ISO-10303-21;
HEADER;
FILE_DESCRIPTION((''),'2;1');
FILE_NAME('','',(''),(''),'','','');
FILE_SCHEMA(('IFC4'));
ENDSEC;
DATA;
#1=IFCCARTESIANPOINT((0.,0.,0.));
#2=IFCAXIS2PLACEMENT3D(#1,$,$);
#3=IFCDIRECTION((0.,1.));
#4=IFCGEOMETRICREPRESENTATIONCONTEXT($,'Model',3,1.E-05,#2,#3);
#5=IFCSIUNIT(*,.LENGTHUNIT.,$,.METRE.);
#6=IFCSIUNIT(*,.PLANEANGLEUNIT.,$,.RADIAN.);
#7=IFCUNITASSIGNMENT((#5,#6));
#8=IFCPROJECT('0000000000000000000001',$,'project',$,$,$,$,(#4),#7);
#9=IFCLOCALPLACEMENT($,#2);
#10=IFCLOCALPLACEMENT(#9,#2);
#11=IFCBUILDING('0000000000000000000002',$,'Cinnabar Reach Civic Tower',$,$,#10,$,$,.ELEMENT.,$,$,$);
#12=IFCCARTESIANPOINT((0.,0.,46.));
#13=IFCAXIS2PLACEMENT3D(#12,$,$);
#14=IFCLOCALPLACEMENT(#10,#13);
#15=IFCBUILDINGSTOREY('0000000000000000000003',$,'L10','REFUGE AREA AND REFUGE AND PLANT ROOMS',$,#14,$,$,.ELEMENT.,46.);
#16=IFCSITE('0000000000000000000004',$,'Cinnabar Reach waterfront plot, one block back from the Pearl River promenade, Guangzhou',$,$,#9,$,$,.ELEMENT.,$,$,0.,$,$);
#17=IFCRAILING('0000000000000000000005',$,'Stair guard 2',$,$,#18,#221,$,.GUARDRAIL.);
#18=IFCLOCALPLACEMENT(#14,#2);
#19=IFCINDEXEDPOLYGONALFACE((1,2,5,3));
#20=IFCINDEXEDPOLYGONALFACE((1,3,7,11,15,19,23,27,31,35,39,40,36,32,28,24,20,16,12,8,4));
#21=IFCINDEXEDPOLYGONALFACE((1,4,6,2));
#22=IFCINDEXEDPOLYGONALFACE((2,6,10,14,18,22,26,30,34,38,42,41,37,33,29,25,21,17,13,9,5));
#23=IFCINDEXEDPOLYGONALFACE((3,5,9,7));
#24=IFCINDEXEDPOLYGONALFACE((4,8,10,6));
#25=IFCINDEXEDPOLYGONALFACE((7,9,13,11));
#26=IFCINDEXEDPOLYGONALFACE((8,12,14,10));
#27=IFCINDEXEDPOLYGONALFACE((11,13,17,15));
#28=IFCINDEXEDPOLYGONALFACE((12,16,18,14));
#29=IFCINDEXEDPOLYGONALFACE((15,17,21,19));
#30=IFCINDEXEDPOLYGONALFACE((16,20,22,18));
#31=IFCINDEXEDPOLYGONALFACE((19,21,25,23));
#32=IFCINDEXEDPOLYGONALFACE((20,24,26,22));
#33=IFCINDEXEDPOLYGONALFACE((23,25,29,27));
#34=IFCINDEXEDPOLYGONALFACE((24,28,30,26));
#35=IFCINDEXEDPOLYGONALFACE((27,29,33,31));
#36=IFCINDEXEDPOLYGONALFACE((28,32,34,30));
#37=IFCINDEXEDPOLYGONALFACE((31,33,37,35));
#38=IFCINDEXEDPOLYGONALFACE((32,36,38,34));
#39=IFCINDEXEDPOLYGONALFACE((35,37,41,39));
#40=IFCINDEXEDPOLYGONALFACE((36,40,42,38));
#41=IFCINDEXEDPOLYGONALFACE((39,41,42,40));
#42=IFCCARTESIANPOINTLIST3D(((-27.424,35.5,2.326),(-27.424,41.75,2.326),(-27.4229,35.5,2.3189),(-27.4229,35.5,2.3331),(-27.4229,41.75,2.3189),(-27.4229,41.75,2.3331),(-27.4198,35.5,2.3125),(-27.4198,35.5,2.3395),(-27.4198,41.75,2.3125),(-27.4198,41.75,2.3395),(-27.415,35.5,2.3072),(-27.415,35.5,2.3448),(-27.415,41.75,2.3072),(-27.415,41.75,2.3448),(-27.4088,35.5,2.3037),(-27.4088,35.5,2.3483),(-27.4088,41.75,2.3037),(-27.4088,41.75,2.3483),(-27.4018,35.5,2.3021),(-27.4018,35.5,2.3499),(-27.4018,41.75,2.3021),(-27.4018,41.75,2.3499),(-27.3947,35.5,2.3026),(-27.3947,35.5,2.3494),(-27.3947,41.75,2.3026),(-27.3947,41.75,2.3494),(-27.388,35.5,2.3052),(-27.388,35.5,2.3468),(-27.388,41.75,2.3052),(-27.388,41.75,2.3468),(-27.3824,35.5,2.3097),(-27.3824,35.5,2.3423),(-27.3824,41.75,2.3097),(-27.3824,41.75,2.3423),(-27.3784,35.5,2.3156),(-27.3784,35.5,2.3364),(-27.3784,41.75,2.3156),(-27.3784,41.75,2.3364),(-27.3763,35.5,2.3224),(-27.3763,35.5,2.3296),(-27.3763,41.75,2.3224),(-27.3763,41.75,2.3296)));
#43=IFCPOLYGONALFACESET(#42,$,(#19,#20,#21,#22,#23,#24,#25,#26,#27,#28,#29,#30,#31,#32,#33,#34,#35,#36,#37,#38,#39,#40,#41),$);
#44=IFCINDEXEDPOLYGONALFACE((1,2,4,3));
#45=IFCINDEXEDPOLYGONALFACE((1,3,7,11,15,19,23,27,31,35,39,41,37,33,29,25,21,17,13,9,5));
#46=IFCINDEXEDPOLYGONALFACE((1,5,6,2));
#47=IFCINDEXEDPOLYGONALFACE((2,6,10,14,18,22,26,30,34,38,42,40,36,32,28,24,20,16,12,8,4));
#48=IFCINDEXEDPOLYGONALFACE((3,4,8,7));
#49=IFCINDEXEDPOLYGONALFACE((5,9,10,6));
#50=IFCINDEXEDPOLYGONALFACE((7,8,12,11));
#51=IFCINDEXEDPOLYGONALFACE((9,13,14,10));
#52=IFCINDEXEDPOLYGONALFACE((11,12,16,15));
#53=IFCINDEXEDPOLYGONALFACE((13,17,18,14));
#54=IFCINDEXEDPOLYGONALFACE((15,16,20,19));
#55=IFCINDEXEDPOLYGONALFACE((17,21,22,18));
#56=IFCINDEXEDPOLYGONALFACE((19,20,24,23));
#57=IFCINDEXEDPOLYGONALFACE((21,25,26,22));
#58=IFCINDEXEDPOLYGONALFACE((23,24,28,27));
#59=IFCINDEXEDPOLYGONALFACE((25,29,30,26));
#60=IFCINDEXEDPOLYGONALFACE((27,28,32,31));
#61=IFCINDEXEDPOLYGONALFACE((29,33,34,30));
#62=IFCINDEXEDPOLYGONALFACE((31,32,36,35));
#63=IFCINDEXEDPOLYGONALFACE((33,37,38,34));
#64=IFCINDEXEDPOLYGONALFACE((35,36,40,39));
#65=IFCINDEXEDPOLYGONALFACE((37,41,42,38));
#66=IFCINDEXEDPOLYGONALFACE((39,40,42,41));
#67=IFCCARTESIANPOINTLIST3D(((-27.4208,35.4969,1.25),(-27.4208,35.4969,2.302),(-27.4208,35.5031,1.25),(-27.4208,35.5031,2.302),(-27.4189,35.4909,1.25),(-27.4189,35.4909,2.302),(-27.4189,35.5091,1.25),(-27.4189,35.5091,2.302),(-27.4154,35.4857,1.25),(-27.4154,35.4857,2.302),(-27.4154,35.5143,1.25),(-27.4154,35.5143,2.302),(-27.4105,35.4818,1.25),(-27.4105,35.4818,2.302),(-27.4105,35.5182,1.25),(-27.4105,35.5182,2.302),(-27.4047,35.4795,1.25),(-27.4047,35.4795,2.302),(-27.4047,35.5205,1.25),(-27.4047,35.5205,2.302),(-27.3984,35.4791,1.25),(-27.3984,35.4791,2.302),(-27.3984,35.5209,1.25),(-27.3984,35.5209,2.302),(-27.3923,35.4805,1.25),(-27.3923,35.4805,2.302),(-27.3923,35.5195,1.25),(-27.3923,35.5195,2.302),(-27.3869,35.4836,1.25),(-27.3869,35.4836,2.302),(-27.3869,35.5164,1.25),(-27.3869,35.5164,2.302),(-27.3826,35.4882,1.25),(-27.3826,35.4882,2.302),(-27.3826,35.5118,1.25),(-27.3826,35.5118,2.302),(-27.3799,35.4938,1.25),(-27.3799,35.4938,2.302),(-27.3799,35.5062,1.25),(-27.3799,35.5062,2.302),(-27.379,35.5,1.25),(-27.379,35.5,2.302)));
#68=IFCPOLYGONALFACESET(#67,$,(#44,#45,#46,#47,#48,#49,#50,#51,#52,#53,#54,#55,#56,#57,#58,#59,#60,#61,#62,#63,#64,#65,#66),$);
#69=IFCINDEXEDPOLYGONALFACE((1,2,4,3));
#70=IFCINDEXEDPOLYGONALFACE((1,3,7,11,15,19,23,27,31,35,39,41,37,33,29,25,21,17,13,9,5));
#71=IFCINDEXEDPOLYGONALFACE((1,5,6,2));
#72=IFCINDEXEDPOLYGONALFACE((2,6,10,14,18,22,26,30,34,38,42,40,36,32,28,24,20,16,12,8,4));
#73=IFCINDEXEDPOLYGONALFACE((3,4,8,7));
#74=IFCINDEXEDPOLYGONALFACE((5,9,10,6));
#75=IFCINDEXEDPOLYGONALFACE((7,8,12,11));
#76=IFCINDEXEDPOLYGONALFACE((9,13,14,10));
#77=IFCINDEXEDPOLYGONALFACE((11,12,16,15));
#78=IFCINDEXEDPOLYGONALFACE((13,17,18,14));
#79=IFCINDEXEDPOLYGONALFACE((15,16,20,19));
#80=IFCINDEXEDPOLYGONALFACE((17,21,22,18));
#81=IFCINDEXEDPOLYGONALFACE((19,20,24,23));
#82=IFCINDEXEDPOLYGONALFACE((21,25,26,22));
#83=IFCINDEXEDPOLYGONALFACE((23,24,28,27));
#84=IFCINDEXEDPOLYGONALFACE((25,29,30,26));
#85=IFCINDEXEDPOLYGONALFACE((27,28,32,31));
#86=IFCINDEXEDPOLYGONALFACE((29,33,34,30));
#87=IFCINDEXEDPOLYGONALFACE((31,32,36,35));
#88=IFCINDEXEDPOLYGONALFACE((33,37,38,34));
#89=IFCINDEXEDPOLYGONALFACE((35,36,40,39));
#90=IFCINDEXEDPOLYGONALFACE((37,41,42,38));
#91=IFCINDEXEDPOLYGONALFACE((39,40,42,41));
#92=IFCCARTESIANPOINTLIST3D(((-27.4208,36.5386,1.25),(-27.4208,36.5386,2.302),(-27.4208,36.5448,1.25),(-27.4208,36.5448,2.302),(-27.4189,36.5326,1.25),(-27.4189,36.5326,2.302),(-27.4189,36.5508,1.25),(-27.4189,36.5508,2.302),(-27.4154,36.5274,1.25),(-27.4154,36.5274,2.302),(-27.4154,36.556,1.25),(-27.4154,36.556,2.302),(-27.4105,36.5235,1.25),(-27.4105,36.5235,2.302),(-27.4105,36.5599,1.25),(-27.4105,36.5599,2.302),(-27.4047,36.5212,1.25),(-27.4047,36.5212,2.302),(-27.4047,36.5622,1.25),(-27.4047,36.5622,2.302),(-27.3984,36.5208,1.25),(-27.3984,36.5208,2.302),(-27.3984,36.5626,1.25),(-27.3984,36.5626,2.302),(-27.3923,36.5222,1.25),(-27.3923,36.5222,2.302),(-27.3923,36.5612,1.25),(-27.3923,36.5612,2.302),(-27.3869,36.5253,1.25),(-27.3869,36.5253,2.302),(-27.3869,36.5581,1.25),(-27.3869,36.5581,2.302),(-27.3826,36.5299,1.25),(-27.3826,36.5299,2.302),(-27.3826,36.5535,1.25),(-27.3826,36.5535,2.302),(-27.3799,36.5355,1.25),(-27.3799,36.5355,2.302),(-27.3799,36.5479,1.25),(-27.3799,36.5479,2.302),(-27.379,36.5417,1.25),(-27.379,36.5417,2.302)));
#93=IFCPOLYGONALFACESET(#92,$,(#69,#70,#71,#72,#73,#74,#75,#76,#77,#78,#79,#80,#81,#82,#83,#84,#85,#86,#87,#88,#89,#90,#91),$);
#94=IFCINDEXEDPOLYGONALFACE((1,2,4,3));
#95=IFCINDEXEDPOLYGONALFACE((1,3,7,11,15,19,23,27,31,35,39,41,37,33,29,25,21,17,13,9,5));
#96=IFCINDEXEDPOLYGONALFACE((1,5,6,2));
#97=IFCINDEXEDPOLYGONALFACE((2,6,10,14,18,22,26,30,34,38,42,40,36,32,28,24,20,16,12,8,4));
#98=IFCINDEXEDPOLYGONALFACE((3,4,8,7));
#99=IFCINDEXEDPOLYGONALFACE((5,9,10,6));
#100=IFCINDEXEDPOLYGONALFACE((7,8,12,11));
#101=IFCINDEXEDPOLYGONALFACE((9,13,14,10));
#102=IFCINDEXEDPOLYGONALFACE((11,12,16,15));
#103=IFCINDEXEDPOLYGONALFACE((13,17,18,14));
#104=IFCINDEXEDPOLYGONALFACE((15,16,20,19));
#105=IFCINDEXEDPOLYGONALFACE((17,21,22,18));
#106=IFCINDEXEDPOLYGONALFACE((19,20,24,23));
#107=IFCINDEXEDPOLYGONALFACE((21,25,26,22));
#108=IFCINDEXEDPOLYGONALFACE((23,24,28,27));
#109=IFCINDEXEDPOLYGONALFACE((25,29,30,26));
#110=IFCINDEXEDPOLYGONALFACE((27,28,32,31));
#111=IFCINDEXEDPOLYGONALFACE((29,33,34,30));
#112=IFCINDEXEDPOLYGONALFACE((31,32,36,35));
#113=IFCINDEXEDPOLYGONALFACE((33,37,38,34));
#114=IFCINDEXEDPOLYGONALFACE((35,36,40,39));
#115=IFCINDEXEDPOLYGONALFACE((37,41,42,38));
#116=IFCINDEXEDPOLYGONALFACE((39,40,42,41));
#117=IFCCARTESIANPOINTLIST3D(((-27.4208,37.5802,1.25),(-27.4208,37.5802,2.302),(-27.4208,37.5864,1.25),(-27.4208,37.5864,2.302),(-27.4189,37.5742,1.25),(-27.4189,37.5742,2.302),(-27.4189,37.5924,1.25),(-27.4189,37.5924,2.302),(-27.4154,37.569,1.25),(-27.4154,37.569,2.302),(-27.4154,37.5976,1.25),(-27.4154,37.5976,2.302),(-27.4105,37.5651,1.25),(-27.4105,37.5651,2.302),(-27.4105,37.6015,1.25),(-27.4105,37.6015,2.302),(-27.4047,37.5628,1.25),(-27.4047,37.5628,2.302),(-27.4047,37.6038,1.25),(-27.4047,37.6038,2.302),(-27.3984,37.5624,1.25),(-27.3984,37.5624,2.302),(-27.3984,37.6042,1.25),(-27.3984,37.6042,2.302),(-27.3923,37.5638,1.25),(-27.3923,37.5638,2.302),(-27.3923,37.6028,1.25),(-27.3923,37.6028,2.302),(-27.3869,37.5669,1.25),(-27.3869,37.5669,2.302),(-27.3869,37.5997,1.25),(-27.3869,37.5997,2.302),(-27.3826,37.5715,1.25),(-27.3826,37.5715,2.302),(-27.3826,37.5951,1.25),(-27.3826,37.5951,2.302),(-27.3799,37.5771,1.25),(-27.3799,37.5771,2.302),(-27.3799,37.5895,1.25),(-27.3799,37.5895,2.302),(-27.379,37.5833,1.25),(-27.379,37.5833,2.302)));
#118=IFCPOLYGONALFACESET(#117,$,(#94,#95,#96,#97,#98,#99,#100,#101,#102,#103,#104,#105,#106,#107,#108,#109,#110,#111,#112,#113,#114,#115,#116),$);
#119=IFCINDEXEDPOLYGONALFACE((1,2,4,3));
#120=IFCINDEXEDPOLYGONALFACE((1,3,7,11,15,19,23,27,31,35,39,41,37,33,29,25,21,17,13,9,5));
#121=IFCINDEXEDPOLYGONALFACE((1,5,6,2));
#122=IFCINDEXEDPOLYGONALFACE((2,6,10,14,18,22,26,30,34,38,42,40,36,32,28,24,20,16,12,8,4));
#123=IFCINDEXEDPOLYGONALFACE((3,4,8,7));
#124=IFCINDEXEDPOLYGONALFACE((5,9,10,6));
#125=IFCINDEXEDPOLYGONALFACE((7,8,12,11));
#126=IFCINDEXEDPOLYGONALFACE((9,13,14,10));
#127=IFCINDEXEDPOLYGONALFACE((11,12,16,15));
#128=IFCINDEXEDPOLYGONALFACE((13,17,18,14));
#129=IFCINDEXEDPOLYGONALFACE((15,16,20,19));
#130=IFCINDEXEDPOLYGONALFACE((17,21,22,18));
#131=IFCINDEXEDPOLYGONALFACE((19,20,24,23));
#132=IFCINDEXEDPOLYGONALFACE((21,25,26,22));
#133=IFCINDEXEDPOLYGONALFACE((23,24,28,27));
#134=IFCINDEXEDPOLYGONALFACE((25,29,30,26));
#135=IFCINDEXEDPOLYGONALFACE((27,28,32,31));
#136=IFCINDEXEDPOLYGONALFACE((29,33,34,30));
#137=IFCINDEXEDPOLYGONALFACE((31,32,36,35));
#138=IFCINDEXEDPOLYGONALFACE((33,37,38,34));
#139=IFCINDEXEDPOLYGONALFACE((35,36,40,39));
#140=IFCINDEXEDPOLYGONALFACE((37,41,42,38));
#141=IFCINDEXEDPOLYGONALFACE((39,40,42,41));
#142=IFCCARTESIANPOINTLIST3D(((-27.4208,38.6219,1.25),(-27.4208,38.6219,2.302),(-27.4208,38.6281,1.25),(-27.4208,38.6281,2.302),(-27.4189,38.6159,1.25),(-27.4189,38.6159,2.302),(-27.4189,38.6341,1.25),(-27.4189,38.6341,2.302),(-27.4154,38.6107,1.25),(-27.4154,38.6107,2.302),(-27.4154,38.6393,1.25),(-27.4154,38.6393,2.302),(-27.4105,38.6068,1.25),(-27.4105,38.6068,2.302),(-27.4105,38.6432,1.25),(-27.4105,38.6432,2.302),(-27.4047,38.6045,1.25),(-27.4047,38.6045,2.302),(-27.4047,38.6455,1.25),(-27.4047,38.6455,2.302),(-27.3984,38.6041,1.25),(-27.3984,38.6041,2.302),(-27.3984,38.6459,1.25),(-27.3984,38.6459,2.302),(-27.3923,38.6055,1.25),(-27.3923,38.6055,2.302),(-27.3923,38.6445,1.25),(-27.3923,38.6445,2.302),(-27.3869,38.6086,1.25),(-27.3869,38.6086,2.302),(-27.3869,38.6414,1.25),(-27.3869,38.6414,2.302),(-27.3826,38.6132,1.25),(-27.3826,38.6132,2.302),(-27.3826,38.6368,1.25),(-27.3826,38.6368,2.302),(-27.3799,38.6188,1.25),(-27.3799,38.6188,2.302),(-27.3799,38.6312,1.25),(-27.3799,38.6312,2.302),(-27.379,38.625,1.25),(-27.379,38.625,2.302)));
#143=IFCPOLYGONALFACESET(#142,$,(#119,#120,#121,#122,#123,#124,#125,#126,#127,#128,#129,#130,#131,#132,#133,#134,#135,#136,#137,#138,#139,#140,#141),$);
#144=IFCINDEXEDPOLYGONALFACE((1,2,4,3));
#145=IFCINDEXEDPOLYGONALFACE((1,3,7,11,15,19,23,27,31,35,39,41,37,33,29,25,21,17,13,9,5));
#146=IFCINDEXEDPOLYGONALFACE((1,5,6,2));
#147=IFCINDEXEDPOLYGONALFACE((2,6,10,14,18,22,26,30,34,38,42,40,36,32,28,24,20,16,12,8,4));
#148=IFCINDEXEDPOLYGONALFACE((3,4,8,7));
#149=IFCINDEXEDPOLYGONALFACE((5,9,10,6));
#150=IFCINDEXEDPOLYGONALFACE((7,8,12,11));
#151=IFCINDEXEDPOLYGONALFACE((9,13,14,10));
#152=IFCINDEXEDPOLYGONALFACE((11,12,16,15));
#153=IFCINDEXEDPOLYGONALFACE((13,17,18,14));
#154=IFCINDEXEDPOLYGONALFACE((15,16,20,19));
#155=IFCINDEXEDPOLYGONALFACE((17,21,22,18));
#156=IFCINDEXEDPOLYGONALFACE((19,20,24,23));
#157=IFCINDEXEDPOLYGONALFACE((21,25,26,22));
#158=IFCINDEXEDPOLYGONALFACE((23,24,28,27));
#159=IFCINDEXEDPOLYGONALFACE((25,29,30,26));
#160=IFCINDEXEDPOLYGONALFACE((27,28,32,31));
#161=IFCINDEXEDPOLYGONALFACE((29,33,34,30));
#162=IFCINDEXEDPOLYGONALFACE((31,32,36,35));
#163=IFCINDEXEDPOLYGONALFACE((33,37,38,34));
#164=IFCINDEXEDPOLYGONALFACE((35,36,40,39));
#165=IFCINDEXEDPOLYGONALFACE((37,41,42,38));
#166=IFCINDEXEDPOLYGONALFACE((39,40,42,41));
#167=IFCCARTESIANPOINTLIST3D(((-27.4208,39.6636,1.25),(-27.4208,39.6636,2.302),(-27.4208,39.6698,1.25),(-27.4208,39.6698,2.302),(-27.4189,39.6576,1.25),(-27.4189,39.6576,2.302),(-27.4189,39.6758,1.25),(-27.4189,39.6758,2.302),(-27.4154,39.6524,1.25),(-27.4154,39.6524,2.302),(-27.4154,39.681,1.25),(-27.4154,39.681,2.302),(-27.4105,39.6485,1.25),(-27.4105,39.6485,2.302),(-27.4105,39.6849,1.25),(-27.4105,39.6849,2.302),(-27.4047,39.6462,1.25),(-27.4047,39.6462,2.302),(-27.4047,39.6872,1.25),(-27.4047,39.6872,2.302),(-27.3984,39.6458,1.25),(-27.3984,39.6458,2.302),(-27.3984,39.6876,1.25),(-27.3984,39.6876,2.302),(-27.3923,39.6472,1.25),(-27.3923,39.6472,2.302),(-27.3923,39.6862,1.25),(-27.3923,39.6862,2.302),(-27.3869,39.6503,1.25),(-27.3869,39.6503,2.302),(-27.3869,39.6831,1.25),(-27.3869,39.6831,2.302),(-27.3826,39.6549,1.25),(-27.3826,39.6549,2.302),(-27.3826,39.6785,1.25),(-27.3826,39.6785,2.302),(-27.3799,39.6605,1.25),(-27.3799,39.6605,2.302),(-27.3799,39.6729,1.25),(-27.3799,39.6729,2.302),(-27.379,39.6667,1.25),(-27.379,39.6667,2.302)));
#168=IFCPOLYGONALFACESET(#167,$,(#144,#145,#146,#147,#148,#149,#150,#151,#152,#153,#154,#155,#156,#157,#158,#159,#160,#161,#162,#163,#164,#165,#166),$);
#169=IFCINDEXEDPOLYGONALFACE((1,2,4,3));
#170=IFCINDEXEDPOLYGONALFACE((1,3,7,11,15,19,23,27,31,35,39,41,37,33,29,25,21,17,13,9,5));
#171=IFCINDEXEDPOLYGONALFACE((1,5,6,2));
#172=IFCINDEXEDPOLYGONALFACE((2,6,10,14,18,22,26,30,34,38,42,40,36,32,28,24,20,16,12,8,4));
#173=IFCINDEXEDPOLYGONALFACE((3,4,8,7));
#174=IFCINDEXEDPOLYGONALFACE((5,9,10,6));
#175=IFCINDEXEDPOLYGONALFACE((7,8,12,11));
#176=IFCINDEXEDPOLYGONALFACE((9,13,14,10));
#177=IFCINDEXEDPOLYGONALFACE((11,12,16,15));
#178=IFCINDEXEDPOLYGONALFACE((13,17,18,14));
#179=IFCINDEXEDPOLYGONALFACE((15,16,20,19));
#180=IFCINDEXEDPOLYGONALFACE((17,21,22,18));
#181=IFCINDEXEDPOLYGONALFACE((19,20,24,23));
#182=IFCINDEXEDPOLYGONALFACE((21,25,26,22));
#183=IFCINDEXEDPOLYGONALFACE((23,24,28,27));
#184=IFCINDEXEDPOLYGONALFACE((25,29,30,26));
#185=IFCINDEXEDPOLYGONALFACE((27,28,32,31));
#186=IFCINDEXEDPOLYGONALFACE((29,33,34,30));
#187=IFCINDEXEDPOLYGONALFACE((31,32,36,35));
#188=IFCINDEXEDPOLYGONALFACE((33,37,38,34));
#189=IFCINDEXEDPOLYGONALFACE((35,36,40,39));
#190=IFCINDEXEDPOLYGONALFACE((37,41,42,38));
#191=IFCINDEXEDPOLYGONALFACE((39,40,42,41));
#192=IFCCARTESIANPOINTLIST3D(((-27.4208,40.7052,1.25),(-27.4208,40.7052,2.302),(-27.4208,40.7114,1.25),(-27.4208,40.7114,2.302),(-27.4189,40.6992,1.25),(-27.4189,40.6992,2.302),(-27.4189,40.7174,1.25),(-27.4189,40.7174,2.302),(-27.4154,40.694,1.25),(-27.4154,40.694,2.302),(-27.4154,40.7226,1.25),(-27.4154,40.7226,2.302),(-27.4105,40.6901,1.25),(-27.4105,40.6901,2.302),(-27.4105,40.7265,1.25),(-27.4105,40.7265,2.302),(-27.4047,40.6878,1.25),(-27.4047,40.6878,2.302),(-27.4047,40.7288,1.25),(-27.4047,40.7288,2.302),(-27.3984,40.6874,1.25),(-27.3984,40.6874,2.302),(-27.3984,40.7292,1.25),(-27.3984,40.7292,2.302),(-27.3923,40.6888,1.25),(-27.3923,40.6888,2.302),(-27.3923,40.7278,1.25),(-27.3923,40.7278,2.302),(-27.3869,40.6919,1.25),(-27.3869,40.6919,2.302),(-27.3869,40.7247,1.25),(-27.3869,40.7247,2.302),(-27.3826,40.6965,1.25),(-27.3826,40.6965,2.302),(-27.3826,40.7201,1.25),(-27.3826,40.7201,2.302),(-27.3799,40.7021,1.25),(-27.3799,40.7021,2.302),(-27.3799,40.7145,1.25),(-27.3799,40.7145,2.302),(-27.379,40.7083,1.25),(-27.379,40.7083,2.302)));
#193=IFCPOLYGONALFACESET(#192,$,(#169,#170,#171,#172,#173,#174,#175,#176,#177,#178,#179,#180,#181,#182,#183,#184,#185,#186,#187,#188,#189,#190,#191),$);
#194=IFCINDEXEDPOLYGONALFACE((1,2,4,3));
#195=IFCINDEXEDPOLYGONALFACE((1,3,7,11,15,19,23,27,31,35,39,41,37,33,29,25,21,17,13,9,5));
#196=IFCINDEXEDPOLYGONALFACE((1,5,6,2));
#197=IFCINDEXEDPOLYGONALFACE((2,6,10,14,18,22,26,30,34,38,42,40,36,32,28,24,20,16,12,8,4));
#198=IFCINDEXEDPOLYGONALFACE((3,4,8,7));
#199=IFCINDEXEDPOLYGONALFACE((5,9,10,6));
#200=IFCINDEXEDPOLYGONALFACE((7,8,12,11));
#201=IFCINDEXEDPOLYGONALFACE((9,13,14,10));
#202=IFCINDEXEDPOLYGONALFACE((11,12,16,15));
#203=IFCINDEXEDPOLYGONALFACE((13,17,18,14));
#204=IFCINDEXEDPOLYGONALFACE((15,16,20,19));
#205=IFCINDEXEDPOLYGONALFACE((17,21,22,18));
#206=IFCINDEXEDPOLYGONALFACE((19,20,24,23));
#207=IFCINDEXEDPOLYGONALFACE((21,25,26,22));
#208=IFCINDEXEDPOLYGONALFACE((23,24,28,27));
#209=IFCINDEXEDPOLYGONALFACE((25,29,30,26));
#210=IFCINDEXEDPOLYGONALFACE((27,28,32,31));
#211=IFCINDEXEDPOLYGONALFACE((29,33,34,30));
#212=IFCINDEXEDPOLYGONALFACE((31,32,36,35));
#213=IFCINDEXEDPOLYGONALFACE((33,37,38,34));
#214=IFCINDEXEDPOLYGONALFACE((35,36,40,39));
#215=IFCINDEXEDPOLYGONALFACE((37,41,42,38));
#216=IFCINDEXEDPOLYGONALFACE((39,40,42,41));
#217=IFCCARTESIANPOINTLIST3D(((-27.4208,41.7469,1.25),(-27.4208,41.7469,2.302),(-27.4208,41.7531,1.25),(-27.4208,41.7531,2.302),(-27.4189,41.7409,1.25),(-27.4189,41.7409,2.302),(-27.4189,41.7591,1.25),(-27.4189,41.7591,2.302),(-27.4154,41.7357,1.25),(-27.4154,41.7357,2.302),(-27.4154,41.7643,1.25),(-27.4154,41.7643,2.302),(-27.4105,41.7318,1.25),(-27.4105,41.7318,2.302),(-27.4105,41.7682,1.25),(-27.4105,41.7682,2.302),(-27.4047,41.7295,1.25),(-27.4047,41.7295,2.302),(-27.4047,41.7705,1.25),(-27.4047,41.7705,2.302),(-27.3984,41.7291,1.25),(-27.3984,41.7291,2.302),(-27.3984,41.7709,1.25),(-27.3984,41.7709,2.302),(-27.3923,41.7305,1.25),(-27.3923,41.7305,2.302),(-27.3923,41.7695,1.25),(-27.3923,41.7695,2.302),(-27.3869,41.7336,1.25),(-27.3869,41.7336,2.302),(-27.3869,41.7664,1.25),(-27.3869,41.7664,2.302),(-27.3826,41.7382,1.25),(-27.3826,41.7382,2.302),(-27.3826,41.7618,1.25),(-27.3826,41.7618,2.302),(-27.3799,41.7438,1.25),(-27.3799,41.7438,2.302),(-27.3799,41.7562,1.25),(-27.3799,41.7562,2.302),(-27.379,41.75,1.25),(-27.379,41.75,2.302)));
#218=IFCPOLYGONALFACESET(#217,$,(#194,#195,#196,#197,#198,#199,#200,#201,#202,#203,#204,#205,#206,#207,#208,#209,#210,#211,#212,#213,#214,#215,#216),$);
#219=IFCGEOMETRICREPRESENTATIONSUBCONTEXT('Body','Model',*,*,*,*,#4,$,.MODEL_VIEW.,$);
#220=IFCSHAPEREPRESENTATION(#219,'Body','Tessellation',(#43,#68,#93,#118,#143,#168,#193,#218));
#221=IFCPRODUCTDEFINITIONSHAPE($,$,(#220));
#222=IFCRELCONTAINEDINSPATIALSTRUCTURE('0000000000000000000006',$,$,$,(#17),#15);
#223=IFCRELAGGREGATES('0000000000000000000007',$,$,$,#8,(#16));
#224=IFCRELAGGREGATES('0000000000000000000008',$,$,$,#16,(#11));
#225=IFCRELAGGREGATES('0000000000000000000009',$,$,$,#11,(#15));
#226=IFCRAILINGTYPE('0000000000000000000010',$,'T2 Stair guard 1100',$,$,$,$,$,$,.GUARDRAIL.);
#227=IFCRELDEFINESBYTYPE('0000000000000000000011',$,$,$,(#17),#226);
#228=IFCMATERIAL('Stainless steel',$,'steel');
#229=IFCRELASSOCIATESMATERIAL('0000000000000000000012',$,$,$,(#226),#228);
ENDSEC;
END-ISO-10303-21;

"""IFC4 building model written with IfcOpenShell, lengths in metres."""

from ifc_helpers import new_model, si_unit, direction, frame, origin, origin_2d, place, context, subcontext, project, spatial, circle, extrude, material, type_object, element, save


model = new_model("IFC4")

# Units and contexts
model_context = context("Model", 3, precision=1e-05, world=origin(), true_north=direction((0.0, 1.0)))
body_context = subcontext(model_context, "Body", "Model", "MODEL_VIEW")
ifc_project = project(units=[si_unit("LENGTHUNIT", "METRE"), si_unit("PLANEANGLEUNIT", "RADIAN")], contexts=[model_context])

# Site, building, storey
site_placement = place(None, origin())
site = spatial("IfcSite", under=ifc_project, at=site_placement, Name="Cinnabar Reach waterfront plot, one block back from the Pearl River promenade, Guangzhou", CompositionType="ELEMENT", RefElevation=0.0)
building_placement = place(site_placement, origin())
building = spatial("IfcBuilding", under=site, at=building_placement, Name="Cinnabar Reach Civic Tower", CompositionType="ELEMENT")
storey_placement = place(building_placement, frame((0.0, 0.0, 46.0)))
storey = spatial("IfcBuildingStorey", under=building, at=storey_placement, Name="L10", Description="REFUGE AREA AND REFUGE AND PLANT ROOMS", CompositionType="ELEMENT", Elevation=46.0)

# Railing
ifc_material_1 = material(Name="Stainless steel", Category="steel")
railing_type = type_object("IfcRailingType", Name="T2 Stair guard 1100", PredefinedType="GUARDRAIL", material=ifc_material_1)
for number, where, name in (
    (1, (-27.4, 35.5, 1.25), "Stair guard 2"),
):
    element("IfcRailing", number, at=place(storey_placement, frame(where)), inside=storey, type_object=railing_type, Name=name, PredefinedType="GUARDRAIL", context=body_context, shape_type="SweptSolid", body=[
        extrude(circle(Radius=0.024, at=origin_2d()), frame((0.0, 0.0, 1.076), z_axis=(0.0, 1.0, 0.0), x_axis=(-1.0, 0.0, 0.0)), (0.0, 0.0, 1.0), 6.25),
        extrude(circle(Radius=0.021, at=origin_2d()), origin(), (0.0, 0.0, 1.0), 1.052),
        extrude(circle(Radius=0.021, at=origin_2d()), frame((0.0, 1.0417, 0.0)), (0.0, 0.0, 1.0), 1.052),
        extrude(circle(Radius=0.021, at=origin_2d()), frame((0.0, 2.0833, 0.0)), (0.0, 0.0, 1.0), 1.052),
        extrude(circle(Radius=0.021, at=origin_2d()), frame((0.0, 3.125, 0.0)), (0.0, 0.0, 1.0), 1.052),
        extrude(circle(Radius=0.021, at=origin_2d()), frame((0.0, 4.1667, 0.0)), (0.0, 0.0, 1.0), 1.052),
        extrude(circle(Radius=0.021, at=origin_2d()), frame((0.0, 5.2083, 0.0)), (0.0, 0.0, 1.0), 1.052),
        extrude(circle(Radius=0.021, at=origin_2d()), frame((0.0, 6.25, 0.0)), (0.0, 0.0, 1.0), 1.052),
    ])

save(model, "model.ifc")
